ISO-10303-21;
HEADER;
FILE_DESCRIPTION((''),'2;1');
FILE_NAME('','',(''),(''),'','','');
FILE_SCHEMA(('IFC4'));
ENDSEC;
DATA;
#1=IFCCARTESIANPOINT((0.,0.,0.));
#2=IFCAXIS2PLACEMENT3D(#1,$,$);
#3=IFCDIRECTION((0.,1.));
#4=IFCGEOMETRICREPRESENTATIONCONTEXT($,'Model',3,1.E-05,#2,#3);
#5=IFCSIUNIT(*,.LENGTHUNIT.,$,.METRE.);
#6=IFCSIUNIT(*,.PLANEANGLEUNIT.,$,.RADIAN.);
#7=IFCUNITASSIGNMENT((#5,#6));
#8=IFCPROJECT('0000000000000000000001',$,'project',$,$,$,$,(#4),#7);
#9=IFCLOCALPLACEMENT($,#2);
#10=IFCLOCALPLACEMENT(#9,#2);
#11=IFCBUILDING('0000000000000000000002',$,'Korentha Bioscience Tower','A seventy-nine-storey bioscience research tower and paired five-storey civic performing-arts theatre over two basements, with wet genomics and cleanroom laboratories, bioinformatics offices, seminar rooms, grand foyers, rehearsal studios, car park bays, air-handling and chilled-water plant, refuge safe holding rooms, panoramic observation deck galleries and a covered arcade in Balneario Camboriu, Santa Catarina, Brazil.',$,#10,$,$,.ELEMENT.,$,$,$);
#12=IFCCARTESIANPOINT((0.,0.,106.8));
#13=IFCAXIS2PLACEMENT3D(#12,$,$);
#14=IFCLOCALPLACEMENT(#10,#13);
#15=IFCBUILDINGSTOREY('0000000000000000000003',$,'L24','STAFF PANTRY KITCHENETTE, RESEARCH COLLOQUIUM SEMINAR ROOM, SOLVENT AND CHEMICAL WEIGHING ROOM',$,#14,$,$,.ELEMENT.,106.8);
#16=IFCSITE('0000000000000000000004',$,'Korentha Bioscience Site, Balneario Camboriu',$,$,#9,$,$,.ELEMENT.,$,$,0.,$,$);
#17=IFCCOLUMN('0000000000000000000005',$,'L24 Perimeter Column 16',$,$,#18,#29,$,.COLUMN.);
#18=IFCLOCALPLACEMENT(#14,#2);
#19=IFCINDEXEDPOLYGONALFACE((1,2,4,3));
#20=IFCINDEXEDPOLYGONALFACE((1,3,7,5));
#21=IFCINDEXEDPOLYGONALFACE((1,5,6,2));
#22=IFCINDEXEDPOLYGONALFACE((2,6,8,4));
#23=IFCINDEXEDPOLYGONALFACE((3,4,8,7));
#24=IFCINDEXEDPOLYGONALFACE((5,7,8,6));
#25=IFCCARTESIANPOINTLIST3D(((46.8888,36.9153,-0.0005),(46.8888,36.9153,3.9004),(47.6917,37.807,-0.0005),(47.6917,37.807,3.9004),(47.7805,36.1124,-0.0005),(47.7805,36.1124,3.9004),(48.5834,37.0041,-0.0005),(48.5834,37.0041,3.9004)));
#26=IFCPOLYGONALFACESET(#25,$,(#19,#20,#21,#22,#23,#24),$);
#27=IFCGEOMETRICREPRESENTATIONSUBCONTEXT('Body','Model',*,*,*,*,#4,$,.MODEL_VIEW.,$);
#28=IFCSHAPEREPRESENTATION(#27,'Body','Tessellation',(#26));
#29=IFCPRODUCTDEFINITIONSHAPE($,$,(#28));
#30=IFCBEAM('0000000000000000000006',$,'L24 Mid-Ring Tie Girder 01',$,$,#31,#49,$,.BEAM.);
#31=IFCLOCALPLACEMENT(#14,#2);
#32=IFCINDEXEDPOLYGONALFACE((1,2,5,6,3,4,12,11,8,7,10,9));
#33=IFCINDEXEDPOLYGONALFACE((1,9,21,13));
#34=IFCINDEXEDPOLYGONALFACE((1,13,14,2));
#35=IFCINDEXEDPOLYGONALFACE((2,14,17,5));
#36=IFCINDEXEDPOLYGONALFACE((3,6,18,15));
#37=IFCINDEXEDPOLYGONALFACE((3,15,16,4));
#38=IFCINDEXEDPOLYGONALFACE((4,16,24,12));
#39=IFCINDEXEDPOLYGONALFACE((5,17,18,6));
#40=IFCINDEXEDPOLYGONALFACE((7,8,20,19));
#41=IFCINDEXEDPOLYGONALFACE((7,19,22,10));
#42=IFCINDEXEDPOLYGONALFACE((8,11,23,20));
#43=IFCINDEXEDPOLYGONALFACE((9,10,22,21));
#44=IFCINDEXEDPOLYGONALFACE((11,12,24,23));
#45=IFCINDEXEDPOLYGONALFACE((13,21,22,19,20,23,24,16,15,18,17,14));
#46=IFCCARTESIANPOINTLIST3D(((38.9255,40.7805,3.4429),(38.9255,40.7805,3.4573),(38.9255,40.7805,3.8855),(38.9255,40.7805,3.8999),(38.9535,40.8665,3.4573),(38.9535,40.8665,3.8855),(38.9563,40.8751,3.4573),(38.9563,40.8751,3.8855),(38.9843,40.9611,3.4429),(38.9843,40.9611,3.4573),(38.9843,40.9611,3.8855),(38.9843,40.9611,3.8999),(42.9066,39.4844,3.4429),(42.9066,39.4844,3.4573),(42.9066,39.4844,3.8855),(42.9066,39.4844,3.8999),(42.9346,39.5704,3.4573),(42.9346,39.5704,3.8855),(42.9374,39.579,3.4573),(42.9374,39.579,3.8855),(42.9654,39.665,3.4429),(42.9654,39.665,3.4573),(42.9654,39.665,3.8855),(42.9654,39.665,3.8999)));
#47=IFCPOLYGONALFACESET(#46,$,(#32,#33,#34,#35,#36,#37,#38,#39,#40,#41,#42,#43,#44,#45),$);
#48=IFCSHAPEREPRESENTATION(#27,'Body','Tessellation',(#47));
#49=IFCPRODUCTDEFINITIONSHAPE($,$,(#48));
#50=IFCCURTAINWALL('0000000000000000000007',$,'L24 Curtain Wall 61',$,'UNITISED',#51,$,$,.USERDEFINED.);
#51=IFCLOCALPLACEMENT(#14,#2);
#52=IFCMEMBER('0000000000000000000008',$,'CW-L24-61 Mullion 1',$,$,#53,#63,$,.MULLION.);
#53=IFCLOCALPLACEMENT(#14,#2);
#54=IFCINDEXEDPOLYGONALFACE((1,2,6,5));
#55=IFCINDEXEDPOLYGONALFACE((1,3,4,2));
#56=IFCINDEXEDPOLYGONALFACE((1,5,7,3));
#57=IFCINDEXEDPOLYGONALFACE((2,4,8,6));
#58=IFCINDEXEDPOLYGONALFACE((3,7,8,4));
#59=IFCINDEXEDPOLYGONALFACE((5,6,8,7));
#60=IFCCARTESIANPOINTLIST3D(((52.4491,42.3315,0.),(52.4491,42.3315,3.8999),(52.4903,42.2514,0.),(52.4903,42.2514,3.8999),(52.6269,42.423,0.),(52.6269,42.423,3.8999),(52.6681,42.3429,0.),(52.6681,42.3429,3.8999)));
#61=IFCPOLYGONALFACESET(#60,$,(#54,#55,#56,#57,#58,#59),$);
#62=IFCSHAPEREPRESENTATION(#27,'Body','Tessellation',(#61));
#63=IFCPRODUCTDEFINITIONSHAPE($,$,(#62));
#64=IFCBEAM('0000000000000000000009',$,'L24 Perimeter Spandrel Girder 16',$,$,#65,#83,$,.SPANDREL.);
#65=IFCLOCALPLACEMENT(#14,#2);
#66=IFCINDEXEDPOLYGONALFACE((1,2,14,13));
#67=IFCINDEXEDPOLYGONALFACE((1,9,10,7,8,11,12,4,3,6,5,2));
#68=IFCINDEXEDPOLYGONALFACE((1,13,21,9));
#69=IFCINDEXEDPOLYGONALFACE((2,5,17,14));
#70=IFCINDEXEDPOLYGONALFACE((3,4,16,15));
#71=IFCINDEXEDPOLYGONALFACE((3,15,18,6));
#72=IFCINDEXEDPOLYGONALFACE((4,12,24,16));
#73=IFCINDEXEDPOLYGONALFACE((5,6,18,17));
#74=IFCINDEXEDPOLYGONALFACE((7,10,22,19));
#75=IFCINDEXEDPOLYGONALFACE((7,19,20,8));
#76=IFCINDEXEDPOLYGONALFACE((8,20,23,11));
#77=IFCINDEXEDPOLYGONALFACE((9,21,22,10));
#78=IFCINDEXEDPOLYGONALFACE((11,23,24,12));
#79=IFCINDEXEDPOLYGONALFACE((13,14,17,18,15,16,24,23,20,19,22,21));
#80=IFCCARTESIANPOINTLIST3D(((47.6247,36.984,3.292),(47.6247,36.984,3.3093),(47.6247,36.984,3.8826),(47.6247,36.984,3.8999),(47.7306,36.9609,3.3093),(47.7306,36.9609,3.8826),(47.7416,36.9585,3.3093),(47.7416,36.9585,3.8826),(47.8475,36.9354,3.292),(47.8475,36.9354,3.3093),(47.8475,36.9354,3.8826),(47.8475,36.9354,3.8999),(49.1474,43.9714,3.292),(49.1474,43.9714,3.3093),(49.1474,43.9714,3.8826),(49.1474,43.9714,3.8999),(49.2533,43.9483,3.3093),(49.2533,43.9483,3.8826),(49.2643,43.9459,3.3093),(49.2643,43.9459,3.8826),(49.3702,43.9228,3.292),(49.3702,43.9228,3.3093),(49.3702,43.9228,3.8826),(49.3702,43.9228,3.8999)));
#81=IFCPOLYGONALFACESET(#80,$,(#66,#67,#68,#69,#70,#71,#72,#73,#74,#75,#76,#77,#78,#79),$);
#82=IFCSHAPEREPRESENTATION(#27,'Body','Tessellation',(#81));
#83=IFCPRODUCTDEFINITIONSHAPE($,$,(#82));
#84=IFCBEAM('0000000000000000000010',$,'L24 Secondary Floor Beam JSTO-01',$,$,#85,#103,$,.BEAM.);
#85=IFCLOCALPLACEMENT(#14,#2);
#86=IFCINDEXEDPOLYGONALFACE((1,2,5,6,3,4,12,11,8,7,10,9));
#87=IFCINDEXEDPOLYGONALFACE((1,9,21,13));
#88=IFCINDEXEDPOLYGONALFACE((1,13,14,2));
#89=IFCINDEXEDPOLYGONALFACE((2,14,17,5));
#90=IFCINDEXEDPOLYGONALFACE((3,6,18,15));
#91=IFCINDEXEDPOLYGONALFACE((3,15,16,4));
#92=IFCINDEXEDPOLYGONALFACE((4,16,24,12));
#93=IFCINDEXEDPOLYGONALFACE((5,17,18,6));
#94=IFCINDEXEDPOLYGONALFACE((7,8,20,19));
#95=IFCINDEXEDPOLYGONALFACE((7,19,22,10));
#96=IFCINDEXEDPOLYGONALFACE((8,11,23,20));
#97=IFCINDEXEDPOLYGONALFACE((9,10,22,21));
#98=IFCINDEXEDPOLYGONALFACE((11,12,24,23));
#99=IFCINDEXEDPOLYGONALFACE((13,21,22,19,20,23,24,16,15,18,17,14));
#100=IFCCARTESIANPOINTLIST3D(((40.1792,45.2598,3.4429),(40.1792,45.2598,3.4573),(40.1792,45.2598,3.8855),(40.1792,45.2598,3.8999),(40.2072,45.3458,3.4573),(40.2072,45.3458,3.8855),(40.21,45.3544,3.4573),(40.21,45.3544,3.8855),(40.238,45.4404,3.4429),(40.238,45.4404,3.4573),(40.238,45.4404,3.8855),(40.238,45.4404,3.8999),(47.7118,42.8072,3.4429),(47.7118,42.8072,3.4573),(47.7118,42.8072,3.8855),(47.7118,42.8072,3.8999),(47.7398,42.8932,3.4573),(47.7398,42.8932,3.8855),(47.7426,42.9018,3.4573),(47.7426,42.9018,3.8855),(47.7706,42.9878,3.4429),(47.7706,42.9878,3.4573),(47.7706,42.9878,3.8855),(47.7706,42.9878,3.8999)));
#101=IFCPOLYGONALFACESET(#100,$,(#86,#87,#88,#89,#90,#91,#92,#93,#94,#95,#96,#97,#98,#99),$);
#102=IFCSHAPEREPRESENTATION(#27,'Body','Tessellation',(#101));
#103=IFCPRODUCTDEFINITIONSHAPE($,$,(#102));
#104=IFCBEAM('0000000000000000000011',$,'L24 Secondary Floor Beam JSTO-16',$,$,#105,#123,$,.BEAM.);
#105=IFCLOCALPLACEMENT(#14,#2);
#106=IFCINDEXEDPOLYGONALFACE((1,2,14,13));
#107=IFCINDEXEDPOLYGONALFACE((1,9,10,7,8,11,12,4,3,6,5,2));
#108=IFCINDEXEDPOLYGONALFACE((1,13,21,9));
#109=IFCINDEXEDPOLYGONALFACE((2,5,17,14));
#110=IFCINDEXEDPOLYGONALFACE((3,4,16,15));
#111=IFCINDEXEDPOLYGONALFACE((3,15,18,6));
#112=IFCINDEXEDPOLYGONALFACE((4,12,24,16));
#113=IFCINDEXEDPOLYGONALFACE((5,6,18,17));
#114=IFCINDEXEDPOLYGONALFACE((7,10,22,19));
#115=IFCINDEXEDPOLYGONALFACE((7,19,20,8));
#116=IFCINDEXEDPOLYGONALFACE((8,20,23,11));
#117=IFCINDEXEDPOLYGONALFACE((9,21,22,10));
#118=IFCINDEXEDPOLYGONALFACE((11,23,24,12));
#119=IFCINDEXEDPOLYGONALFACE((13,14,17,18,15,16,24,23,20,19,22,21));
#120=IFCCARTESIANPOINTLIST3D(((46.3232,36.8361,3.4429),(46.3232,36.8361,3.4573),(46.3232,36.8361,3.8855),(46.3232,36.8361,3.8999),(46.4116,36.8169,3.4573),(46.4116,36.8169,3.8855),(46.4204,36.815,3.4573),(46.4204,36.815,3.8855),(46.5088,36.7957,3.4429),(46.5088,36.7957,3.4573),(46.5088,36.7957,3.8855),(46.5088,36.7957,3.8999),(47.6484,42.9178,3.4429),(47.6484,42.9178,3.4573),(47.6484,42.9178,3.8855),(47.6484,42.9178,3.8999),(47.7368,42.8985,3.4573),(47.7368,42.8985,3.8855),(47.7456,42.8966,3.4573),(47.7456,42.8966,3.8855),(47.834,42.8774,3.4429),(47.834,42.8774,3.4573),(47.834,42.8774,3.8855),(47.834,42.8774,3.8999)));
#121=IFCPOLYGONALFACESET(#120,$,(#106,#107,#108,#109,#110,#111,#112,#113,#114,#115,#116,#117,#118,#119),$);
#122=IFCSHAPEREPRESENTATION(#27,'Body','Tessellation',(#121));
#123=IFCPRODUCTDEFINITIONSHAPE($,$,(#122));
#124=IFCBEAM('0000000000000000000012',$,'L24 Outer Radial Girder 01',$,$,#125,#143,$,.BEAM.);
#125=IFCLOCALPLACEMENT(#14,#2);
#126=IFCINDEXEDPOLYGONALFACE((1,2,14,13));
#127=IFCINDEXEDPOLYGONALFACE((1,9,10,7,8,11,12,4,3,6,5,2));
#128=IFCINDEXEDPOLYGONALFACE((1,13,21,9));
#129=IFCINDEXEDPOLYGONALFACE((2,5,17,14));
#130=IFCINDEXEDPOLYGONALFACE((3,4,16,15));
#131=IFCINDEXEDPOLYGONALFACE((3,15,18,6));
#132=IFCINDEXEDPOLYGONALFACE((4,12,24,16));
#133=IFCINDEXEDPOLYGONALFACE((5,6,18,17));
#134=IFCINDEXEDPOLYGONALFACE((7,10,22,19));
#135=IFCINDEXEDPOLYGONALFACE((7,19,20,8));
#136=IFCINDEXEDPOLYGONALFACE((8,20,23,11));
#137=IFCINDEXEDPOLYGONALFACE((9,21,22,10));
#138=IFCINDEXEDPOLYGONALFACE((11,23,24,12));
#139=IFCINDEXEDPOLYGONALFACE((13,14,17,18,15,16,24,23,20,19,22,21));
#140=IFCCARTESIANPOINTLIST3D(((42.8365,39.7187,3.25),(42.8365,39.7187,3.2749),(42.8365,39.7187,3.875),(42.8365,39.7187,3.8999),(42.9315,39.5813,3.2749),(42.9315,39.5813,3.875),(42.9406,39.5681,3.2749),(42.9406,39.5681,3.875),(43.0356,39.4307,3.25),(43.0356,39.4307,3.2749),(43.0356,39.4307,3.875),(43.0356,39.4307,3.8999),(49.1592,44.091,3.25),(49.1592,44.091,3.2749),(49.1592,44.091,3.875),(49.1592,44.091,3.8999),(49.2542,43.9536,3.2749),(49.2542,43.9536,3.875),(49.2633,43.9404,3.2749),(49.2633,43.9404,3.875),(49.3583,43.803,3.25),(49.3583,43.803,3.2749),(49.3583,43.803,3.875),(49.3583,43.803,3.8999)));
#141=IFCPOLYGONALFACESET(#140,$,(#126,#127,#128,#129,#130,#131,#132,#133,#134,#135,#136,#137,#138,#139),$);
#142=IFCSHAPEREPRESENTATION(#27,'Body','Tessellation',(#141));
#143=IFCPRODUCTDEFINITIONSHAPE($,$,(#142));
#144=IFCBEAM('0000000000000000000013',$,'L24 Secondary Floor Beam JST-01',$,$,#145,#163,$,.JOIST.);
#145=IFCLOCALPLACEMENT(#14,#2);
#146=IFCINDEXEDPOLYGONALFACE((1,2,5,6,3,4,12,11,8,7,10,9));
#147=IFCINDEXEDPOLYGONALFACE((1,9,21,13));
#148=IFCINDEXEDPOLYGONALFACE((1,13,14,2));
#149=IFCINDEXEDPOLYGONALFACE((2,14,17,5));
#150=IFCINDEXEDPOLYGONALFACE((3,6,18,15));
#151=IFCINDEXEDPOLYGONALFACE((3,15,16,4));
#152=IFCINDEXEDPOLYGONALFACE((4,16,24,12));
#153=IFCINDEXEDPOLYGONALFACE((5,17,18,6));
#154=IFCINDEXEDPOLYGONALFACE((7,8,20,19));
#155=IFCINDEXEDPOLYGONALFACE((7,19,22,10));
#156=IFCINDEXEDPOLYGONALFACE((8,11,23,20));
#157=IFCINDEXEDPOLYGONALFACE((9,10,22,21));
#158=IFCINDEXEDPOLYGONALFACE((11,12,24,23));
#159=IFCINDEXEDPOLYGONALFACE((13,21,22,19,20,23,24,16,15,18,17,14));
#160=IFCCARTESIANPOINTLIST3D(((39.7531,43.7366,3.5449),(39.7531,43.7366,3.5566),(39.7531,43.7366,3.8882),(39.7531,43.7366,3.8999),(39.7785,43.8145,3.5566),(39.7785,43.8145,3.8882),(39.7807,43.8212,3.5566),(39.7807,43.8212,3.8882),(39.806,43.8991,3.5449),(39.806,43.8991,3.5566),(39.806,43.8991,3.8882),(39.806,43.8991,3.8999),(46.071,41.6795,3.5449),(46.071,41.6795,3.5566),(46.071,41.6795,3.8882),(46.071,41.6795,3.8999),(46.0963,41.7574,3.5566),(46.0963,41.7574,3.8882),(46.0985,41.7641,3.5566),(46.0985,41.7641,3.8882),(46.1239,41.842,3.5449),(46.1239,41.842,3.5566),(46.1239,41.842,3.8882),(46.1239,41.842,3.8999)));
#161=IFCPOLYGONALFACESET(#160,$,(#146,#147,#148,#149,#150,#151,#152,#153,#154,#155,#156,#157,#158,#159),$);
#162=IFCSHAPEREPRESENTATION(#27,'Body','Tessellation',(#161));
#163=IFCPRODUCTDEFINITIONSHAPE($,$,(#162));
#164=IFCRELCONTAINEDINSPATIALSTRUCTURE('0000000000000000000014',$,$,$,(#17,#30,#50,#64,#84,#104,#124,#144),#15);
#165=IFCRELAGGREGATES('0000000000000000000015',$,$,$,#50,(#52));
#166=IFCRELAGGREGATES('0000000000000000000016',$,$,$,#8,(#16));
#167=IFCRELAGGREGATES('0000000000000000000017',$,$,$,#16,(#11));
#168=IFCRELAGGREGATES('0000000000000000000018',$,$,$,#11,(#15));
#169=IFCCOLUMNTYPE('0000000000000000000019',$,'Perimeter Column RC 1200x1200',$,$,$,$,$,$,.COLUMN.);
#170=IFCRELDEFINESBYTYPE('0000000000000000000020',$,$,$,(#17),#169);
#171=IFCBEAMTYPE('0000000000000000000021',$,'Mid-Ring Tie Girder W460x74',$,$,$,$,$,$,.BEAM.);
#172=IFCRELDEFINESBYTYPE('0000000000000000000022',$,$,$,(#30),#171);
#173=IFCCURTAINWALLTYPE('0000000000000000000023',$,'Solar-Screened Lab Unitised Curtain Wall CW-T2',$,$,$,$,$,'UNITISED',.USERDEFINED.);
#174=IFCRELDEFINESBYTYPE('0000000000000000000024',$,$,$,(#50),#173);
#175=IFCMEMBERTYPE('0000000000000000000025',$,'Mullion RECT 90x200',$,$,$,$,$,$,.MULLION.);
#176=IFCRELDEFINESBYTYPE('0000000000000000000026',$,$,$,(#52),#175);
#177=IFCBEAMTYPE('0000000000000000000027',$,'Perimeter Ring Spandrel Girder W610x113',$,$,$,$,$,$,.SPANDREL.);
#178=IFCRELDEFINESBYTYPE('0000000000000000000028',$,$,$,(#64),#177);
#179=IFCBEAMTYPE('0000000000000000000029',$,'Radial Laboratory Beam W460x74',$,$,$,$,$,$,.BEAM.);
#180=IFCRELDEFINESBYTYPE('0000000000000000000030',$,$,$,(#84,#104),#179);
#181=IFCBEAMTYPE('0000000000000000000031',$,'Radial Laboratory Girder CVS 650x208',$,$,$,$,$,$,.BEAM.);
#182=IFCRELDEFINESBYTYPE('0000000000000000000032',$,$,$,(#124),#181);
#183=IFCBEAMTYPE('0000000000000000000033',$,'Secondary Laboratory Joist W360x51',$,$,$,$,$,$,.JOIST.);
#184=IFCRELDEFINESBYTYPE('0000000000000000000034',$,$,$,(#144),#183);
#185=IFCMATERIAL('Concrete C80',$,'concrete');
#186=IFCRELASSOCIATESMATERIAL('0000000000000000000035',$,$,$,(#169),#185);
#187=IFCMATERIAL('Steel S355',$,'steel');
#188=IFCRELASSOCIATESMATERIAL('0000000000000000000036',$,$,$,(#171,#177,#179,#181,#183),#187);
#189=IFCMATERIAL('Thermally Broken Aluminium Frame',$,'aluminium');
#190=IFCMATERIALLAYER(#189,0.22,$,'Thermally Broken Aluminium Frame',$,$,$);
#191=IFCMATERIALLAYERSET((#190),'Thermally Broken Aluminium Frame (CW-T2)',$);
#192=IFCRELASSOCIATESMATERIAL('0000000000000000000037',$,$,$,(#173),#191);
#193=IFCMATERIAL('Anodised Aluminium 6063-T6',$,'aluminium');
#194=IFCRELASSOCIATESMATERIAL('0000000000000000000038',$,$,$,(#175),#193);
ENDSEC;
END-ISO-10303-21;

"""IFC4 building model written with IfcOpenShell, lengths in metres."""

from ifc_helpers import new_model, si_unit, direction, frame, origin, origin_2d, place, context, subcontext, project, spatial, rectangle, i_section, extrude, material, layer, layer_set, material_profile, profile_set, type_object, element, aggregate, save


model = new_model("IFC4")

# Units and contexts
model_context = context("Model", 3, precision=1e-05, world=origin(), true_north=direction((0.0, 1.0)))
body_context = subcontext(model_context, "Body", "Model", "MODEL_VIEW")
ifc_project = project(units=[si_unit("LENGTHUNIT", "METRE"), si_unit("PLANEANGLEUNIT", "RADIAN")], contexts=[model_context])

# Site, building, storey
site_placement = place(None, origin())
site = spatial("IfcSite", under=ifc_project, at=site_placement, Name="Korentha Bioscience Site, Balneario Camboriu", CompositionType="ELEMENT", RefElevation=0.0)
building_placement = place(site_placement, origin())
building = spatial("IfcBuilding", under=site, at=building_placement, Name="Korentha Bioscience Tower", Description="A seventy-nine-storey bioscience research tower and paired five-storey civic performing-arts theatre over two basements, with wet genomics and cleanroom laboratories, bioinformatics offices, seminar rooms, grand foyers, rehearsal studios, car park bays, air-handling and chilled-water plant, refuge safe holding rooms, panoramic observation deck galleries and a covered arcade in Balneario Camboriu, Santa Catarina, Brazil.", CompositionType="ELEMENT")
storey_placement = place(building_placement, frame((0.0, 0.0, 106.8)))
storey = spatial("IfcBuildingStorey", under=building, at=storey_placement, Name="L24", Description="STAFF PANTRY KITCHENETTE, RESEARCH COLLOQUIUM SEMINAR ROOM, SOLVENT AND CHEMICAL WEIGHING ROOM", CompositionType="ELEMENT", Elevation=106.8)

# Column
ifc_material_1 = material(Name="Concrete C80", Category="concrete")
ifc_material_profile_1 = material_profile(ifc_material_1, rectangle(XDim=1.2, YDim=1.2, at=origin_2d()), Name="Concrete C80")
ifc_profile_set_1 = profile_set([ifc_material_profile_1], Name="Concrete C80 (COL-P12)")
column_type = type_object("IfcColumnType", Name="Perimeter Column RC 1200x1200", PredefinedType="COLUMN", material=ifc_profile_set_1)
column_placement = place(storey_placement, frame((47.7361, 36.9597, -0.0005), z_axis=(0.0, 0.0, 1.0), x_axis=(0.669131, 0.743145, 0.0)))
element("IfcColumn", 1, at=column_placement, inside=storey, type_object=column_type, Name="L24 Perimeter Column 16", PredefinedType="COLUMN", context=body_context, shape_type="SweptSolid", body=[
    extrude(rectangle(XDim=1.2, YDim=1.2, at=origin_2d()), origin(), (0.0, 0.0, 1.0), 3.9009),
])

# Beam
ifc_material_2 = material(Name="Steel S355", Category="steel")
ifc_material_profile_2 = material_profile(ifc_material_2, i_section(OverallWidth=0.1899, OverallDepth=0.457, WebThickness=0.009, FlangeThickness=0.0144, at=origin_2d()), Name="Steel S355")
ifc_profile_set_2 = profile_set([ifc_material_profile_2], Name="Steel S355 (MB-460)")
beam_type_1 = type_object("IfcBeamType", Name="Mid-Ring Tie Girder W460x74", PredefinedType="BEAM", material=ifc_profile_set_2)
beam_1_placement = place(storey_placement, frame((42.936, 39.5747, 3.6714), z_axis=(-0.950876, 0.309573, 0.0), x_axis=(-0.309573, -0.950876, 0.0)))
element("IfcBeam", 2, at=beam_1_placement, inside=storey, type_object=beam_type_1, Name="L24 Mid-Ring Tie Girder 01", PredefinedType="BEAM", context=body_context, shape_type="SweptSolid", body=[
    extrude(i_section(OverallWidth=0.1899, OverallDepth=0.457, WebThickness=0.009, FlangeThickness=0.0144, at=origin_2d()), origin(), (0.0, 0.0, 1.0), 4.1868),
])

# Curtain wall, member
ifc_material_3 = material(Name="Thermally Broken Aluminium Frame", Category="aluminium")
ifc_layer_1 = layer(ifc_material_3, 0.22, Name="Thermally Broken Aluminium Frame")
ifc_layer_set_1 = layer_set([ifc_layer_1], Name="Thermally Broken Aluminium Frame (CW-T2)")
curtain_wall_type = type_object("IfcCurtainWallType", Name="Solar-Screened Lab Unitised Curtain Wall CW-T2", ElementType="UNITISED", PredefinedType="USERDEFINED", material=ifc_layer_set_1)
curtain_wall_placement = place(storey_placement, origin())
curtain_wall = element("IfcCurtainWall", 3, at=curtain_wall_placement, inside=storey, type_object=curtain_wall_type, Name="L24 Curtain Wall 61", ObjectType="UNITISED", PredefinedType="USERDEFINED")
ifc_material_4 = material(Name="Anodised Aluminium 6063-T6", Category="aluminium")
ifc_material_profile_3 = material_profile(ifc_material_4, rectangle(XDim=0.0901, YDim=0.2, at=origin_2d()), Name="Anodised Aluminium 6063-T6")
ifc_profile_set_3 = profile_set([ifc_material_profile_3], Name="Anodised Aluminium 6063-T6 (CW-MUL)")
member_type_1 = type_object("IfcMemberType", Name="Mullion RECT 90x200", PredefinedType="MULLION", material=ifc_profile_set_3)
member_1_placement = place(storey_placement, frame((52.5586, 42.3372, 0.0), z_axis=(0.0, 0.0, 1.0), x_axis=(-0.457613, 0.889151, 0.0)))
member_1 = element("IfcMember", 4, at=member_1_placement, type_object=member_type_1, Name="CW-L24-61 Mullion 1", PredefinedType="MULLION", context=body_context, shape_type="SweptSolid", body=[
    extrude(rectangle(XDim=0.0901, YDim=0.2, at=origin_2d()), origin(), (0.0, 0.0, 1.0), 3.8999),
])

# Beams
ifc_material_profile_4 = material_profile(ifc_material_2, i_section(OverallWidth=0.228, OverallDepth=0.6079, WebThickness=0.0112, FlangeThickness=0.0173, at=origin_2d()), Name="Steel S355")
ifc_profile_set_4 = profile_set([ifc_material_profile_4], Name="Steel S355 (SB-610)")
beam_type_2 = type_object("IfcBeamType", Name="Perimeter Ring Spandrel Girder W610x113", PredefinedType="SPANDREL", material=ifc_profile_set_4)
beam_2_placement = place(storey_placement, frame((47.7361, 36.9597, 3.5959), z_axis=(0.212927, 0.977068, 0.0), x_axis=(-0.977068, 0.212927, 0.0)))
element("IfcBeam", 5, at=beam_2_placement, inside=storey, type_object=beam_type_2, Name="L24 Perimeter Spandrel Girder 16", PredefinedType="SPANDREL", context=body_context, shape_type="SweptSolid", body=[
    extrude(i_section(OverallWidth=0.228, OverallDepth=0.6079, WebThickness=0.0112, FlangeThickness=0.0173, at=origin_2d()), origin(), (0.0, 0.0, 1.0), 7.1514),
])
ifc_material_profile_5 = material_profile(ifc_material_2, i_section(OverallWidth=0.1899, OverallDepth=0.457, WebThickness=0.009, FlangeThickness=0.0144, at=origin_2d()), Name="Steel S355")
ifc_profile_set_5 = profile_set([ifc_material_profile_5], Name="Steel S355 (RB-460)")
beam_type_3 = type_object("IfcBeamType", Name="Radial Laboratory Beam W460x74", PredefinedType="BEAM", material=ifc_profile_set_5)
beam_3_placement = place(storey_placement, frame((47.7412, 42.8975, 3.6714), z_axis=(-0.950867, 0.3096, 0.0), x_axis=(-0.3096, -0.950867, 0.0)))
element("IfcBeam", 6, at=beam_3_placement, inside=storey, type_object=beam_type_3, Name="L24 Secondary Floor Beam JSTO-01", PredefinedType="BEAM", context=body_context, shape_type="SweptSolid", body=[
    extrude(i_section(OverallWidth=0.1899, OverallDepth=0.457, WebThickness=0.009, FlangeThickness=0.0144, at=origin_2d()), origin(), (0.0, 0.0, 1.0), 7.9219),
])
beam_4_placement = place(storey_placement, frame((46.416, 36.8159, 3.6714), z_axis=(0.212908, 0.977072, 0.0), x_axis=(-0.977072, 0.212908, 0.0)))
element("IfcBeam", 7, at=beam_4_placement, inside=storey, type_object=beam_type_3, Name="L24 Secondary Floor Beam JSTO-16", PredefinedType="BEAM", context=body_context, shape_type="SweptSolid", body=[
    extrude(i_section(OverallWidth=0.1899, OverallDepth=0.457, WebThickness=0.009, FlangeThickness=0.0144, at=origin_2d()), origin(), (0.0, 0.0, 1.0), 6.2244),
])
ifc_material_profile_6 = material_profile(ifc_material_2, i_section(OverallWidth=0.3501, OverallDepth=0.6499, WebThickness=0.0161, FlangeThickness=0.0249, at=origin_2d()), Name="Steel S355")
ifc_profile_set_6 = profile_set([ifc_material_profile_6], Name="Steel S355 (RB-650)")
beam_type_4 = type_object("IfcBeamType", Name="Radial Laboratory Girder CVS 650x208", PredefinedType="BEAM", material=ifc_profile_set_6)
beam_5_placement = place(storey_placement, frame((42.936, 39.5747, 3.575), z_axis=(0.822495, 0.568772, 0.0), x_axis=(-0.568772, 0.822495, 0.0)))
element("IfcBeam", 8, at=beam_5_placement, inside=storey, type_object=beam_type_4, Name="L24 Outer Radial Girder 01", PredefinedType="BEAM", context=body_context, shape_type="SweptSolid", body=[
    extrude(i_section(OverallWidth=0.3501, OverallDepth=0.6499, WebThickness=0.0161, FlangeThickness=0.0249, at=origin_2d()), origin(), (0.0, 0.0, 1.0), 7.6873),
])
ifc_material_profile_7 = material_profile(ifc_material_2, i_section(OverallWidth=0.1709, OverallDepth=0.355, WebThickness=0.0071, FlangeThickness=0.0117, at=origin_2d()), Name="Steel S355")
ifc_profile_set_7 = profile_set([ifc_material_profile_7], Name="Steel S355 (JB-360)")
beam_type_5 = type_object("IfcBeamType", Name="Secondary Laboratory Joist W360x51", PredefinedType="JOIST", material=ifc_profile_set_7)
beam_6_placement = place(storey_placement, frame((46.0974, 41.7607, 3.7224), z_axis=(-0.950865, 0.309606, 0.0), x_axis=(-0.309606, -0.950865, 0.0)))
element("IfcBeam", 9, at=beam_6_placement, inside=storey, type_object=beam_type_5, Name="L24 Secondary Floor Beam JST-01", PredefinedType="JOIST", context=body_context, shape_type="SweptSolid", body=[
    extrude(i_section(OverallWidth=0.1709, OverallDepth=0.355, WebThickness=0.0071, FlangeThickness=0.0117, at=origin_2d()), origin(), (0.0, 0.0, 1.0), 6.6443),
])

aggregate(curtain_wall, [member_1])

save(model, "model.ifc")
